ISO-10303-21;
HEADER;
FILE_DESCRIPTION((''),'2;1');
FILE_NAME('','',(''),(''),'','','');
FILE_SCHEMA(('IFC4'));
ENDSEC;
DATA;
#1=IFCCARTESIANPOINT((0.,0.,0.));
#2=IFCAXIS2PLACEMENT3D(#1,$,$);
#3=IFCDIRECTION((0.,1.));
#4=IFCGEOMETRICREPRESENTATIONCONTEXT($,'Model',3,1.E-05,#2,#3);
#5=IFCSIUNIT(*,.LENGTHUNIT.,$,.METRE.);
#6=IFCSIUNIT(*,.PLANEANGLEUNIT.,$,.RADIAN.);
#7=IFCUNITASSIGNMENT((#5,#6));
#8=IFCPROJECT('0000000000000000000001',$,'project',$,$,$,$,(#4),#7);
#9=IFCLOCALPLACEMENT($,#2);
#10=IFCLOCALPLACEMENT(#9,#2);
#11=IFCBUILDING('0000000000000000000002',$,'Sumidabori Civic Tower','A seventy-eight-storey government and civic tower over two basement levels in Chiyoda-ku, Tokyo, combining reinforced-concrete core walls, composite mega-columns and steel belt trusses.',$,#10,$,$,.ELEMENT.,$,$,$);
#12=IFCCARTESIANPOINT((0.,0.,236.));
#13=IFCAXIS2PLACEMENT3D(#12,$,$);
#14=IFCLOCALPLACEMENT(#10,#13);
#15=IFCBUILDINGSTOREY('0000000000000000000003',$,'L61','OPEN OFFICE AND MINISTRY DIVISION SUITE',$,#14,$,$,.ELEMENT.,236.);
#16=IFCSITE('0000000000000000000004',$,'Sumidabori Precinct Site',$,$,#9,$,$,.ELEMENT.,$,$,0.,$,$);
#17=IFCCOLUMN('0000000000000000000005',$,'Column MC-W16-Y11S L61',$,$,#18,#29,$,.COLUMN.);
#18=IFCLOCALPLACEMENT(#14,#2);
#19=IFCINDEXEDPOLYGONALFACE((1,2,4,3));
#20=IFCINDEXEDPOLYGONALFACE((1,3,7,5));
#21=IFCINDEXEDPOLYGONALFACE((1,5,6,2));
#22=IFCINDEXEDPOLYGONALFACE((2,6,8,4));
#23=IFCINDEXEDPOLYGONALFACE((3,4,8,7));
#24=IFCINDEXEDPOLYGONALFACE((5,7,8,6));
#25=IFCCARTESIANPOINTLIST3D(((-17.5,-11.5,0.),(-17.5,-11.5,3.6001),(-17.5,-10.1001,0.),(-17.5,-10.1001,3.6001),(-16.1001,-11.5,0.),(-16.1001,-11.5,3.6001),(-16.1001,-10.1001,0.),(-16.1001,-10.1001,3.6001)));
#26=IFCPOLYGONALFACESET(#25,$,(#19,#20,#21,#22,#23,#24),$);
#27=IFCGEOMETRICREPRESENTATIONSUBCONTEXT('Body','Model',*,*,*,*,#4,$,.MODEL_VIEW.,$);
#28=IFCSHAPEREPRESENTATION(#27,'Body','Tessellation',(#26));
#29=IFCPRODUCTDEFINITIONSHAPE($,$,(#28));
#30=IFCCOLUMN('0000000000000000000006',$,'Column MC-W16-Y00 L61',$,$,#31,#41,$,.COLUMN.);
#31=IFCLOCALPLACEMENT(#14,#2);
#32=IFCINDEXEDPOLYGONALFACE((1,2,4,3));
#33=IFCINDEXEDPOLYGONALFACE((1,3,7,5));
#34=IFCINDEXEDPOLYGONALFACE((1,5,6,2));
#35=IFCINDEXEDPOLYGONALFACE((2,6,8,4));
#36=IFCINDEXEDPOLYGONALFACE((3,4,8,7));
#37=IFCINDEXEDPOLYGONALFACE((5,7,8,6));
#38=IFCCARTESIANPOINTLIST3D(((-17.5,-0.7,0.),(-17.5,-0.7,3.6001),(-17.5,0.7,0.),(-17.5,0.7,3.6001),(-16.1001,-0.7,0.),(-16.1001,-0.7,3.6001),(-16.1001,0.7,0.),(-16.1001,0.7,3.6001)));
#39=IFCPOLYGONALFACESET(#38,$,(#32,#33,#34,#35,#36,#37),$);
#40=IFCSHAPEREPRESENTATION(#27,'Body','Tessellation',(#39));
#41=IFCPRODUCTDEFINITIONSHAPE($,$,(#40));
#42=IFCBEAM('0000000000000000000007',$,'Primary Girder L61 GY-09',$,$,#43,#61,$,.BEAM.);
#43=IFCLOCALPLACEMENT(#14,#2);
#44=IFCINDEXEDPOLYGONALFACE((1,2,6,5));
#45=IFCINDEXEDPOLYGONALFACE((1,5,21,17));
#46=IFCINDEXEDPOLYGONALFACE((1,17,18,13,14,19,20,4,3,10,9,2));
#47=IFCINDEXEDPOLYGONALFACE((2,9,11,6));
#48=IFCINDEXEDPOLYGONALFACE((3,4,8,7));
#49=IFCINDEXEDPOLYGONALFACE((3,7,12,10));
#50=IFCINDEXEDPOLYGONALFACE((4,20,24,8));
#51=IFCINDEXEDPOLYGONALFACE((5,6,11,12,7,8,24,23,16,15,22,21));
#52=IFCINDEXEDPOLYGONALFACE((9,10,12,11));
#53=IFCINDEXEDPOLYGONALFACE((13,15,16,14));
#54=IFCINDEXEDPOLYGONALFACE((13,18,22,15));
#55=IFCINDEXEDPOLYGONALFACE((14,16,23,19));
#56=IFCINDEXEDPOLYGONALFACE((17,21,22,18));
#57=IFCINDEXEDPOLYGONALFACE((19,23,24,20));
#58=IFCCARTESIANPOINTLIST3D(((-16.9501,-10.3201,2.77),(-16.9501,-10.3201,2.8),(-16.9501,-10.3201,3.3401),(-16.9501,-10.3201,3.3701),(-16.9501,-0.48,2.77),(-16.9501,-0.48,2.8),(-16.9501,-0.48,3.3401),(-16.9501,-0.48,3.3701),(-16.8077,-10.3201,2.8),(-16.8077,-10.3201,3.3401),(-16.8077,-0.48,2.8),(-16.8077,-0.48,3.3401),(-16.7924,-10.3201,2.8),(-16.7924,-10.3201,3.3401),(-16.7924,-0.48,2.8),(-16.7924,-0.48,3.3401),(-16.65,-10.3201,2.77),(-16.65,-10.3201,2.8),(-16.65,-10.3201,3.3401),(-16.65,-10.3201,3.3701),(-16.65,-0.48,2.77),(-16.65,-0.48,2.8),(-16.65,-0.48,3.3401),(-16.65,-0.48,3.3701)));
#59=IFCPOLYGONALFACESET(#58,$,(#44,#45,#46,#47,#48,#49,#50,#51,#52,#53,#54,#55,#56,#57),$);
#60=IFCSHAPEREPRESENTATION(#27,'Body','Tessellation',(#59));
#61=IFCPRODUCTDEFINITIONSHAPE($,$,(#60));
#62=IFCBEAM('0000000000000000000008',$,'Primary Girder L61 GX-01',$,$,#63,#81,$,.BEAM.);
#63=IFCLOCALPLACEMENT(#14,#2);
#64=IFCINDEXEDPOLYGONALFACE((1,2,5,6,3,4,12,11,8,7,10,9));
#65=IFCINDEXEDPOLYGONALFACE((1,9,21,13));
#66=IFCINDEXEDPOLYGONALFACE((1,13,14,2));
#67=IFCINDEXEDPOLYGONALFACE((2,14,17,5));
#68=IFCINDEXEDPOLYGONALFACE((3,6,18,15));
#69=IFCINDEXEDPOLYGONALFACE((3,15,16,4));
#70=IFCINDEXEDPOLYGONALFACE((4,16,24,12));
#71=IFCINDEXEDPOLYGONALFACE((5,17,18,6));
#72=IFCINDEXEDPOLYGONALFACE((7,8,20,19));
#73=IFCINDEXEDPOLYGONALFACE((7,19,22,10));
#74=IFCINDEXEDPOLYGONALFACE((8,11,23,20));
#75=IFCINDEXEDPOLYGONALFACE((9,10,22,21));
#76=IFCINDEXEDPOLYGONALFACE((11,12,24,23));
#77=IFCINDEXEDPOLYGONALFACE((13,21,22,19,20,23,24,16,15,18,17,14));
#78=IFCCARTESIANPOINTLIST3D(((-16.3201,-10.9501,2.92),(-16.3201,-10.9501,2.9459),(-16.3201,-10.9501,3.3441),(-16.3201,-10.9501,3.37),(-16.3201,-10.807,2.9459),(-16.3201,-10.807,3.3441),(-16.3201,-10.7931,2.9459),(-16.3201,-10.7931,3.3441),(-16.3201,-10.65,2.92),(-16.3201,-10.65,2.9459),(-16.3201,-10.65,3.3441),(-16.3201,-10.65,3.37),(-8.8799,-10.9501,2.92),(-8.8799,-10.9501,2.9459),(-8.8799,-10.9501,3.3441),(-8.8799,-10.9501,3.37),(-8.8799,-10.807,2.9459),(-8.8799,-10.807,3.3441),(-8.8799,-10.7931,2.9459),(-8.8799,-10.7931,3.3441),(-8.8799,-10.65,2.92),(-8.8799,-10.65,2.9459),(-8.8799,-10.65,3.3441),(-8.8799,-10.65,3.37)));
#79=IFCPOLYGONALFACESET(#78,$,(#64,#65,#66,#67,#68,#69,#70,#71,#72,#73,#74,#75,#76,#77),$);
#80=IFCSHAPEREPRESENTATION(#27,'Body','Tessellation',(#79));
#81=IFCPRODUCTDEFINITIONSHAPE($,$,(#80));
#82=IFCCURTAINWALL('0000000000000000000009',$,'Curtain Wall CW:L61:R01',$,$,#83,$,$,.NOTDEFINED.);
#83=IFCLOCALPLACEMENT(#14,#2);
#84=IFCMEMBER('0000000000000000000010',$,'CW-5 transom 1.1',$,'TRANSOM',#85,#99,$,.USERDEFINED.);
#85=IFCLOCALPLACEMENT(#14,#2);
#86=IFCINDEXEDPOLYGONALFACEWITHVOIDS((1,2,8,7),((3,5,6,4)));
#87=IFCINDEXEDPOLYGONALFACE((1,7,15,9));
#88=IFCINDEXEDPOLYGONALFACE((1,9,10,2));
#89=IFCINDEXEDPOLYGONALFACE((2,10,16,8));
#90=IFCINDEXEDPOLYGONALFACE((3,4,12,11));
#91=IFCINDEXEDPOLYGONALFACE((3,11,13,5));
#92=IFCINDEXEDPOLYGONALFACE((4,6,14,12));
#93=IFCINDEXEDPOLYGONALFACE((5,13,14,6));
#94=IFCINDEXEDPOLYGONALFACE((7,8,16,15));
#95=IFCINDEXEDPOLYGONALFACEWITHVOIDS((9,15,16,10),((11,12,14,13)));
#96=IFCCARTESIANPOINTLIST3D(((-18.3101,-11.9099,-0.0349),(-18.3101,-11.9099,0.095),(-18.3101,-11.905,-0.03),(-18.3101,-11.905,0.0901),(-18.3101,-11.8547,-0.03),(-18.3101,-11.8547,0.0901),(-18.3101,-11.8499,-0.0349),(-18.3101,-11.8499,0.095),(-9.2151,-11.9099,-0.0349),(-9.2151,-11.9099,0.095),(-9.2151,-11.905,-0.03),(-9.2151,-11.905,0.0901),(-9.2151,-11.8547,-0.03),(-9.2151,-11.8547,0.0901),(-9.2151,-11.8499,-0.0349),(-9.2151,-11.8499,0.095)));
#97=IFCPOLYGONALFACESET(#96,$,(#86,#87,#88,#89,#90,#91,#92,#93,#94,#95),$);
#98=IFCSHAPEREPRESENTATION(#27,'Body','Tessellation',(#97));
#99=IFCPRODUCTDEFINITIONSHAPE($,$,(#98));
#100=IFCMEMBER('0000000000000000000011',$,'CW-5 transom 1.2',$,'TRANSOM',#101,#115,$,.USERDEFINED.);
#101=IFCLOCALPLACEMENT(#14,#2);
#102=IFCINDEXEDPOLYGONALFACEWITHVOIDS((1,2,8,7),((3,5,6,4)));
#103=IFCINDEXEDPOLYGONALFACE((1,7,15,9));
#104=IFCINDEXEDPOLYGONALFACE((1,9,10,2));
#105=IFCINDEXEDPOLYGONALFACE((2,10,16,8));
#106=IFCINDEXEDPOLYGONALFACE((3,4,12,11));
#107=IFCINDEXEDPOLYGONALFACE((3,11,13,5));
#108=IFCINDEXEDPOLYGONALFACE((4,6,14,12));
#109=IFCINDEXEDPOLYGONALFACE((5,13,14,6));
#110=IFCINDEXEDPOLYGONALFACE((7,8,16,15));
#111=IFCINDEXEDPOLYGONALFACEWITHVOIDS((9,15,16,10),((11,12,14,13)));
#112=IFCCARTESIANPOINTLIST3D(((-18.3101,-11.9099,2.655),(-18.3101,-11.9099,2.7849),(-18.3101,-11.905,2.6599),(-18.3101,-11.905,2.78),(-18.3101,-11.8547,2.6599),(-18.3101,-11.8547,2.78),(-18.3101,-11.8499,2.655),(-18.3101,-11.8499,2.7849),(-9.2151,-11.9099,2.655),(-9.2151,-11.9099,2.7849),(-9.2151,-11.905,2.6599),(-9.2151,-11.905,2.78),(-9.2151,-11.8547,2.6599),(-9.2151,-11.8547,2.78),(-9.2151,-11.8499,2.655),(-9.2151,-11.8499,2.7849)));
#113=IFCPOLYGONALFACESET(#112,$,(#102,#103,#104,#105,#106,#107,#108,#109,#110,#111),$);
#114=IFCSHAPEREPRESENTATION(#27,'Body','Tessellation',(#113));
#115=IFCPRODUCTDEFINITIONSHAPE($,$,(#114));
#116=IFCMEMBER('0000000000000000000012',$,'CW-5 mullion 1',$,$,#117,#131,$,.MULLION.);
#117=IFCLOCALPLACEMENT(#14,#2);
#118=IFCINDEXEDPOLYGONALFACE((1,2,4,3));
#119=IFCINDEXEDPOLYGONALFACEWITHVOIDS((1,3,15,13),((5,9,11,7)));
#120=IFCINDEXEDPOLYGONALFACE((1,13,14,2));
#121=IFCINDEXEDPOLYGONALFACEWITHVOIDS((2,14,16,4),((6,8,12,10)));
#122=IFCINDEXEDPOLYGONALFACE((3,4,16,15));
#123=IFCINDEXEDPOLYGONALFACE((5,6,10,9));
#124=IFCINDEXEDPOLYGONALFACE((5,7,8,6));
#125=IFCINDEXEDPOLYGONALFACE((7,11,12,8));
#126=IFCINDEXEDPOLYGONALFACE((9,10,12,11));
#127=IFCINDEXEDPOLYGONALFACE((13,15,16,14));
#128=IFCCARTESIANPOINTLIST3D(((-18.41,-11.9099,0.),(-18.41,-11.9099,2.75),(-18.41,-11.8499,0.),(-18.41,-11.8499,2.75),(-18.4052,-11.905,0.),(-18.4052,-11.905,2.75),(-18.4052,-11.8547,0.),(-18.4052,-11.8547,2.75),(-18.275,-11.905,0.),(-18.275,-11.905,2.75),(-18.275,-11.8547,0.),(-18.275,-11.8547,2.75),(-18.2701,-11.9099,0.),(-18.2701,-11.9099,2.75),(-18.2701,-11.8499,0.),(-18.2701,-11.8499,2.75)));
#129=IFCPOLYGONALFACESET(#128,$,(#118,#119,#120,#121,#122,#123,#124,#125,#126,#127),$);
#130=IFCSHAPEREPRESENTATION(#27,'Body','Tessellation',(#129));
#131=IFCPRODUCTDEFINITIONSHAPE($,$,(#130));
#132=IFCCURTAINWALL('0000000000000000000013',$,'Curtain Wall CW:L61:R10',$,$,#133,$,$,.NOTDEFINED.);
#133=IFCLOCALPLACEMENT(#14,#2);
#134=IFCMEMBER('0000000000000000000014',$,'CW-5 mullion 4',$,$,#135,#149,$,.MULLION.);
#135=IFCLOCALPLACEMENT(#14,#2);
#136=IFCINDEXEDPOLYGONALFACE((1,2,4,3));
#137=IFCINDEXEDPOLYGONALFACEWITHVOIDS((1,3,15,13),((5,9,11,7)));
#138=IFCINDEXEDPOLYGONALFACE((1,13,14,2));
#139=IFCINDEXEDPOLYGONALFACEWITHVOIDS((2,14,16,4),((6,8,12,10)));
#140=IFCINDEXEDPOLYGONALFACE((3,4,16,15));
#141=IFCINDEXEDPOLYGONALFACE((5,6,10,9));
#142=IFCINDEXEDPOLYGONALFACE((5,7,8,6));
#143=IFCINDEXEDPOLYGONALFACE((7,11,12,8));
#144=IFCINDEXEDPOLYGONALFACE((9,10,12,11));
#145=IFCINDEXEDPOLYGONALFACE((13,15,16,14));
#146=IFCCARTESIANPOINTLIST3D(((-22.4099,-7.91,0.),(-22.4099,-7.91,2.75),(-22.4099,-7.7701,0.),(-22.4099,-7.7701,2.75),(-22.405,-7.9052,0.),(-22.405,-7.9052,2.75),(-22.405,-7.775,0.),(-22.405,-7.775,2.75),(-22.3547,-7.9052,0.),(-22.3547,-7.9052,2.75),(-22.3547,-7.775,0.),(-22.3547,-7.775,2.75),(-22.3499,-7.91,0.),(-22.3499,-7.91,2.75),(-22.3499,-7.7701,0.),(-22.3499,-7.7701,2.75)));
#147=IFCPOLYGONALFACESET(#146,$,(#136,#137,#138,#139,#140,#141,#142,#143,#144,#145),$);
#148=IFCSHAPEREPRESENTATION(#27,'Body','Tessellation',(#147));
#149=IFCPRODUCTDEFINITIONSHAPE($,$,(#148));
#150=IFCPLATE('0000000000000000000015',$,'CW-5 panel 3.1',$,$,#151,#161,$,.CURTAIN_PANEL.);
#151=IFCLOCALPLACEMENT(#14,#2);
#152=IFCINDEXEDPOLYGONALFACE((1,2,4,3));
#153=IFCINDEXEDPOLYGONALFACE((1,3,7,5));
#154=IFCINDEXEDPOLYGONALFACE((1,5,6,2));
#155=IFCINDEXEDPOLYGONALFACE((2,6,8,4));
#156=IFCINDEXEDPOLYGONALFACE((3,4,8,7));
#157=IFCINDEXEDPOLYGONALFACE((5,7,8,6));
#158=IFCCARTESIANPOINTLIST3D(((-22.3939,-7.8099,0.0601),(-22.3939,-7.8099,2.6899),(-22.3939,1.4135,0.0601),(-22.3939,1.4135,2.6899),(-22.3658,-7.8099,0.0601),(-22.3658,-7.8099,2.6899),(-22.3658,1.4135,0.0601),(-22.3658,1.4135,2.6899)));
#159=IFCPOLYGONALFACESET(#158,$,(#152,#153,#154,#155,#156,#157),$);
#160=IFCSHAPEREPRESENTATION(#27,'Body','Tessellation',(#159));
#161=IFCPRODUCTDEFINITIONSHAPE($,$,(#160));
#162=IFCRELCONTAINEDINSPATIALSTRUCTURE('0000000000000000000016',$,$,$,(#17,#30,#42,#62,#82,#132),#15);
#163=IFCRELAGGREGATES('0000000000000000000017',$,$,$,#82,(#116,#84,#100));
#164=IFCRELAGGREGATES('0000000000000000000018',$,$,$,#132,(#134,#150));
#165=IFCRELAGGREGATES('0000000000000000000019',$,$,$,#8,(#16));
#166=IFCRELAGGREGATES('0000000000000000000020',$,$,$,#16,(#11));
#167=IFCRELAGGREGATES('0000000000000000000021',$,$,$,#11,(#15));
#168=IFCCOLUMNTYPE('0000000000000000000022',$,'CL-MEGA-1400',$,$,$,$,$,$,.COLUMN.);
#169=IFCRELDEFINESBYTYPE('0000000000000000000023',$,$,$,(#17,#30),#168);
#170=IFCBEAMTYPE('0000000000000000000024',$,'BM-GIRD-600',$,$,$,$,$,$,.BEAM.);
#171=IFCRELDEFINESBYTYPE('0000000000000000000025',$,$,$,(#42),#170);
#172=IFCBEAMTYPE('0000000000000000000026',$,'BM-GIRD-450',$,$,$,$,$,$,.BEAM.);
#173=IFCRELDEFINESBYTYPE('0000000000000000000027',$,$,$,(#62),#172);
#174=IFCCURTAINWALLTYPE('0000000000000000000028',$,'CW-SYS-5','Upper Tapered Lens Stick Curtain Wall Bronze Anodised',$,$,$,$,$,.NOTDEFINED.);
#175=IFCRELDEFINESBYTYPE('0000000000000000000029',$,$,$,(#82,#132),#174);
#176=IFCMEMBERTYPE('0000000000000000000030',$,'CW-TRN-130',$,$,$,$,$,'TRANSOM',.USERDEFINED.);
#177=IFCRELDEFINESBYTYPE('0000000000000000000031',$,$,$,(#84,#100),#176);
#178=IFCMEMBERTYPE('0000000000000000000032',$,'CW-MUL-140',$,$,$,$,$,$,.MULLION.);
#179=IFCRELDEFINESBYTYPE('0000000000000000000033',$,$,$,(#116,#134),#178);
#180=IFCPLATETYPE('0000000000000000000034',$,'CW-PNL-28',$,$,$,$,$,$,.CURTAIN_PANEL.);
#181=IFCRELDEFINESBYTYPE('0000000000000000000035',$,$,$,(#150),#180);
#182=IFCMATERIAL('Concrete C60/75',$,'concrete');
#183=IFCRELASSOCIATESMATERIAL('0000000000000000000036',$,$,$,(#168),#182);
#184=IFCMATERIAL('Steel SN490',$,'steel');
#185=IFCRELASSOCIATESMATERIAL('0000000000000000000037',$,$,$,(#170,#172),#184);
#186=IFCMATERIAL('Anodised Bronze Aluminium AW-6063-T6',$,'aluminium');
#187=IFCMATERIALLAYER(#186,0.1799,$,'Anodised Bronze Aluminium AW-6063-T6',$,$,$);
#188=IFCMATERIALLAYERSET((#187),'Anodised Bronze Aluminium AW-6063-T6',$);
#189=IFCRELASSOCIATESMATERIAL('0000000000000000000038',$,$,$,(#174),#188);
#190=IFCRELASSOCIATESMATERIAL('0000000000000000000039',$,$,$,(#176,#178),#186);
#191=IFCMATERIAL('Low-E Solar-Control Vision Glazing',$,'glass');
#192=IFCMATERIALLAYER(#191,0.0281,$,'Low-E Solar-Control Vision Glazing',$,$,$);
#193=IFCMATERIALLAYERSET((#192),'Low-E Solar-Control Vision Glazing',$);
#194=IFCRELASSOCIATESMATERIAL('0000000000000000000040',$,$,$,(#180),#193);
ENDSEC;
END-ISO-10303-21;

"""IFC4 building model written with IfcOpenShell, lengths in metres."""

from ifc_helpers import new_model, si_unit, direction, frame, origin, origin_2d, place, context, subcontext, project, spatial, rectangle, hollow_rectangle, i_section, extrude, source, transform, mapped, material, layer, layer_set, material_profile, profile_set, type_object, element, aggregate, save


model = new_model("IFC4")

# Units and contexts
model_context = context("Model", 3, precision=1e-05, world=origin(), true_north=direction((0.0, 1.0)))
body_context = subcontext(model_context, "Body", "Model", "MODEL_VIEW")
ifc_project = project(units=[si_unit("LENGTHUNIT", "METRE"), si_unit("PLANEANGLEUNIT", "RADIAN")], contexts=[model_context])

# Site, building, storey
site_placement = place(None, origin())
site = spatial("IfcSite", under=ifc_project, at=site_placement, Name="Sumidabori Precinct Site", CompositionType="ELEMENT", RefElevation=0.0)
building_placement = place(site_placement, origin())
building = spatial("IfcBuilding", under=site, at=building_placement, Name="Sumidabori Civic Tower", Description="A seventy-eight-storey government and civic tower over two basement levels in Chiyoda-ku, Tokyo, combining reinforced-concrete core walls, composite mega-columns and steel belt trusses.", CompositionType="ELEMENT")
storey_placement = place(building_placement, frame((0.0, 0.0, 236.0)))
storey = spatial("IfcBuildingStorey", under=building, at=storey_placement, Name="L61", Description="OPEN OFFICE AND MINISTRY DIVISION SUITE", CompositionType="ELEMENT", Elevation=236.0)

# Columns
ifc_material_1 = material(Name="Concrete C60/75", Category="concrete")
ifc_material_profile_1 = material_profile(ifc_material_1, rectangle(XDim=1.3999, YDim=1.3999, at=origin_2d()), Name="RC 1400x1400")
ifc_profile_set_1 = profile_set([ifc_material_profile_1], Name="Concrete C60/75")
column_type = type_object("IfcColumnType", Name="CL-MEGA-1400", PredefinedType="COLUMN", material=ifc_profile_set_1)
shared_shape_1 = source(origin(), body_context, "Body", "SweptSolid", [
    extrude(rectangle(XDim=1.3999, YDim=1.3999, at=origin_2d()), origin(), (0.0, 0.0, 1.0), 3.6001),
])
for number, where, z_axis, x_axis, name in (
    (1, (-16.8, -10.8, 0.0), (0.0, 0.0, 1.0), (1.0, 0.0, 0.0), "Column MC-W16-Y11S L61"),
    (2, (-16.8, 0.0, 0.0), (0.0, 0.0, 1.0), (1.0, 0.0, 0.0), "Column MC-W16-Y00 L61"),
):
    element("IfcColumn", number, at=place(storey_placement, frame(where, z_axis=z_axis, x_axis=x_axis)), inside=storey, type_object=column_type, Name=name, PredefinedType="COLUMN", context=body_context, shape_type="MappedRepresentation", body=[
        mapped(shared_shape_1, transform((0.0, 0.0, 0.0), x_axis=(1.0, 0.0, 0.0), y_axis=(0.0, 1.0, 0.0), z_axis=(0.0, 0.0, 1.0), scale=1.0)),
    ])

# Beams
ifc_material_2 = material(Name="Steel SN490", Category="steel")
ifc_material_profile_2 = material_profile(ifc_material_2, i_section(OverallWidth=0.3, OverallDepth=0.6001, WebThickness=0.0154, FlangeThickness=0.03, at=origin_2d()), Name="HE 600 B")
ifc_profile_set_2 = profile_set([ifc_material_profile_2], Name="Steel SN490")
beam_type_1 = type_object("IfcBeamType", Name="BM-GIRD-600", PredefinedType="BEAM", material=ifc_profile_set_2)
shared_shape_2 = source(origin(), body_context, "Body", "SweptSolid", [
    extrude(i_section(OverallWidth=0.3, OverallDepth=0.6001, WebThickness=0.0154, FlangeThickness=0.03, at=origin_2d()), origin(), (0.0, 0.0, 1.0), 9.8401),
])
beam_1_placement = place(storey_placement, frame((-16.8, -10.3201, 3.0701), z_axis=(0.0, 1.0, 0.0), x_axis=(-1.0, 0.0, 0.0)))
element("IfcBeam", 3, at=beam_1_placement, inside=storey, type_object=beam_type_1, Name="Primary Girder L61 GY-09", PredefinedType="BEAM", context=body_context, shape_type="MappedRepresentation", body=[
    mapped(shared_shape_2, transform((0.0, 0.0, 0.0), x_axis=(1.0, 0.0, 0.0), y_axis=(0.0, 1.0, 0.0), z_axis=(0.0, 0.0, 1.0), scale=1.0)),
])
ifc_material_profile_3 = material_profile(ifc_material_2, i_section(OverallWidth=0.3, OverallDepth=0.45, WebThickness=0.0139, FlangeThickness=0.0259, at=origin_2d()), Name="HE 450 B")
ifc_profile_set_3 = profile_set([ifc_material_profile_3], Name="Steel SN490")
beam_type_2 = type_object("IfcBeamType", Name="BM-GIRD-450", PredefinedType="BEAM", material=ifc_profile_set_3)
shared_shape_3 = source(origin(), body_context, "Body", "SweptSolid", [
    extrude(i_section(OverallWidth=0.3, OverallDepth=0.45, WebThickness=0.0139, FlangeThickness=0.0259, at=origin_2d()), origin(), (0.0, 0.0, 1.0), 7.4402),
])
beam_2_placement = place(storey_placement, frame((-16.3201, -10.8, 3.145), z_axis=(1.0, 0.0, 0.0), x_axis=(0.0, 1.0, 0.0)))
element("IfcBeam", 4, at=beam_2_placement, inside=storey, type_object=beam_type_2, Name="Primary Girder L61 GX-01", PredefinedType="BEAM", context=body_context, shape_type="MappedRepresentation", body=[
    mapped(shared_shape_3, transform((0.0, 0.0, 0.0), x_axis=(1.0, 0.0, 0.0), y_axis=(0.0, 1.0, 0.0), z_axis=(0.0, 0.0, 1.0), scale=1.0)),
])

# Curtain wall, members
ifc_material_3 = material(Name="Anodised Bronze Aluminium AW-6063-T6", Category="aluminium")
ifc_layer_1 = layer(ifc_material_3, 0.1799, Name="Anodised Bronze Aluminium AW-6063-T6")
ifc_layer_set_1 = layer_set([ifc_layer_1], Name="Anodised Bronze Aluminium AW-6063-T6")
curtain_wall_type = type_object("IfcCurtainWallType", Name="CW-SYS-5", Description="Upper Tapered Lens Stick Curtain Wall Bronze Anodised", PredefinedType="NOTDEFINED", material=ifc_layer_set_1)
curtain_wall_1_placement = place(storey_placement, origin())
curtain_wall_1 = element("IfcCurtainWall", 5, at=curtain_wall_1_placement, inside=storey, type_object=curtain_wall_type, Name="Curtain Wall CW:L61:R01", PredefinedType="NOTDEFINED")
ifc_material_profile_4 = material_profile(ifc_material_3, hollow_rectangle(XDim=0.0601, YDim=0.1299, WallThickness=0.0049, at=origin_2d()), Name="ALU TRANSOM 130x60")
ifc_profile_set_4 = profile_set([ifc_material_profile_4], Name="Anodised Bronze Aluminium AW-6063-T6")
member_type_1 = type_object("IfcMemberType", Name="CW-TRN-130", ElementType="TRANSOM", PredefinedType="USERDEFINED", material=ifc_profile_set_4)
shared_shape_4 = source(origin(), body_context, "Body", "SweptSolid", [
    extrude(hollow_rectangle(XDim=0.0601, YDim=0.1299, WallThickness=0.0049, at=origin_2d()), origin(), (0.0, 0.0, 1.0), 9.095),
])
member_1_placement = place(storey_placement, frame((-18.3101, -11.8799, 0.03), z_axis=(1.0, 0.0, 0.0), x_axis=(0.0, 1.0, 0.0)))
member_1 = element("IfcMember", 6, at=member_1_placement, type_object=member_type_1, Name="CW-5 transom 1.1", ObjectType="TRANSOM", PredefinedType="USERDEFINED", context=body_context, shape_type="MappedRepresentation", body=[
    mapped(shared_shape_4, transform((0.0, 0.0, 0.0), x_axis=(1.0, 0.0, 0.0), y_axis=(0.0, 1.0, 0.0), z_axis=(0.0, 0.0, 1.0), scale=1.0)),
])
member_2_placement = place(storey_placement, frame((-18.3101, -11.8799, 2.72), z_axis=(1.0, 0.0, 0.0), x_axis=(0.0, 1.0, 0.0)))
member_2 = element("IfcMember", 7, at=member_2_placement, type_object=member_type_1, Name="CW-5 transom 1.2", ObjectType="TRANSOM", PredefinedType="USERDEFINED", context=body_context, shape_type="MappedRepresentation", body=[
    mapped(shared_shape_4, transform((0.0, 0.0, 0.0), x_axis=(1.0, 0.0, 0.0), y_axis=(0.0, 1.0, 0.0), z_axis=(0.0, 0.0, 1.0), scale=1.0)),
])
ifc_material_profile_5 = material_profile(ifc_material_3, hollow_rectangle(XDim=0.0601, YDim=0.1399, WallThickness=0.0049, at=origin_2d()), Name="ALU MULLION 140x60")
ifc_profile_set_5 = profile_set([ifc_material_profile_5], Name="Anodised Bronze Aluminium AW-6063-T6")
member_type_2 = type_object("IfcMemberType", Name="CW-MUL-140", PredefinedType="MULLION", material=ifc_profile_set_5)
shared_shape_5 = source(origin(), body_context, "Body", "SweptSolid", [
    extrude(hollow_rectangle(XDim=0.0601, YDim=0.1399, WallThickness=0.0049, at=origin_2d()), origin(), (0.0, 0.0, 1.0), 2.75),
])
member_3_placement = place(storey_placement, frame((-18.3401, -11.8799, 0.0), z_axis=(0.0, 0.0, 1.0), x_axis=(0.0, 1.0, 0.0)))
member_3 = element("IfcMember", 8, at=member_3_placement, type_object=member_type_2, Name="CW-5 mullion 1", PredefinedType="MULLION", context=body_context, shape_type="MappedRepresentation", body=[
    mapped(shared_shape_5, transform((0.0, 0.0, 0.0), x_axis=(1.0, 0.0, 0.0), y_axis=(0.0, 1.0, 0.0), z_axis=(0.0, 0.0, 1.0), scale=1.0)),
])
aggregate(curtain_wall_1, [member_3, member_1, member_2])

# Curtain wall, member, plate
curtain_wall_2_placement = place(storey_placement, origin())
curtain_wall_2 = element("IfcCurtainWall", 9, at=curtain_wall_2_placement, inside=storey, type_object=curtain_wall_type, Name="Curtain Wall CW:L61:R10", PredefinedType="NOTDEFINED")
member_4_placement = place(storey_placement, frame((-22.3799, -7.8401, 0.0), z_axis=(0.0, 0.0, 1.0), x_axis=(1.0, 0.0, 0.0)))
member_4 = element("IfcMember", 10, at=member_4_placement, type_object=member_type_2, Name="CW-5 mullion 4", PredefinedType="MULLION", context=body_context, shape_type="MappedRepresentation", body=[
    mapped(shared_shape_5, transform((0.0, 0.0, 0.0), x_axis=(1.0, 0.0, 0.0), y_axis=(0.0, 1.0, 0.0), z_axis=(0.0, 0.0, 1.0), scale=1.0)),
])
ifc_material_4 = material(Name="Low-E Solar-Control Vision Glazing", Category="glass")
ifc_layer_2 = layer(ifc_material_4, 0.0281, Name="Low-E Solar-Control Vision Glazing")
ifc_layer_set_2 = layer_set([ifc_layer_2], Name="Low-E Solar-Control Vision Glazing")
plate_type = type_object("IfcPlateType", Name="CW-PNL-28", PredefinedType="CURTAIN_PANEL", material=ifc_layer_set_2)
shared_shape_6 = source(origin(), body_context, "Body", "SweptSolid", [
    extrude(rectangle(XDim=9.2234, YDim=0.0281, at=origin_2d()), origin(), (0.0, 0.0, 1.0), 2.6299),
])
plate_placement = place(storey_placement, frame((-22.3799, -3.1982, 0.0601), z_axis=(0.0, 0.0, 1.0), x_axis=(0.0, -1.0, 0.0)))
plate = element("IfcPlate", 11, at=plate_placement, type_object=plate_type, Name="CW-5 panel 3.1", PredefinedType="CURTAIN_PANEL", context=body_context, shape_type="MappedRepresentation", body=[
    mapped(shared_shape_6, transform((0.0, 0.0, 0.0), x_axis=(1.0, 0.0, 0.0), y_axis=(0.0, 1.0, 0.0), z_axis=(0.0, 0.0, 1.0), scale=1.0)),
])
aggregate(curtain_wall_2, [member_4, plate])

save(model, "model.ifc")
